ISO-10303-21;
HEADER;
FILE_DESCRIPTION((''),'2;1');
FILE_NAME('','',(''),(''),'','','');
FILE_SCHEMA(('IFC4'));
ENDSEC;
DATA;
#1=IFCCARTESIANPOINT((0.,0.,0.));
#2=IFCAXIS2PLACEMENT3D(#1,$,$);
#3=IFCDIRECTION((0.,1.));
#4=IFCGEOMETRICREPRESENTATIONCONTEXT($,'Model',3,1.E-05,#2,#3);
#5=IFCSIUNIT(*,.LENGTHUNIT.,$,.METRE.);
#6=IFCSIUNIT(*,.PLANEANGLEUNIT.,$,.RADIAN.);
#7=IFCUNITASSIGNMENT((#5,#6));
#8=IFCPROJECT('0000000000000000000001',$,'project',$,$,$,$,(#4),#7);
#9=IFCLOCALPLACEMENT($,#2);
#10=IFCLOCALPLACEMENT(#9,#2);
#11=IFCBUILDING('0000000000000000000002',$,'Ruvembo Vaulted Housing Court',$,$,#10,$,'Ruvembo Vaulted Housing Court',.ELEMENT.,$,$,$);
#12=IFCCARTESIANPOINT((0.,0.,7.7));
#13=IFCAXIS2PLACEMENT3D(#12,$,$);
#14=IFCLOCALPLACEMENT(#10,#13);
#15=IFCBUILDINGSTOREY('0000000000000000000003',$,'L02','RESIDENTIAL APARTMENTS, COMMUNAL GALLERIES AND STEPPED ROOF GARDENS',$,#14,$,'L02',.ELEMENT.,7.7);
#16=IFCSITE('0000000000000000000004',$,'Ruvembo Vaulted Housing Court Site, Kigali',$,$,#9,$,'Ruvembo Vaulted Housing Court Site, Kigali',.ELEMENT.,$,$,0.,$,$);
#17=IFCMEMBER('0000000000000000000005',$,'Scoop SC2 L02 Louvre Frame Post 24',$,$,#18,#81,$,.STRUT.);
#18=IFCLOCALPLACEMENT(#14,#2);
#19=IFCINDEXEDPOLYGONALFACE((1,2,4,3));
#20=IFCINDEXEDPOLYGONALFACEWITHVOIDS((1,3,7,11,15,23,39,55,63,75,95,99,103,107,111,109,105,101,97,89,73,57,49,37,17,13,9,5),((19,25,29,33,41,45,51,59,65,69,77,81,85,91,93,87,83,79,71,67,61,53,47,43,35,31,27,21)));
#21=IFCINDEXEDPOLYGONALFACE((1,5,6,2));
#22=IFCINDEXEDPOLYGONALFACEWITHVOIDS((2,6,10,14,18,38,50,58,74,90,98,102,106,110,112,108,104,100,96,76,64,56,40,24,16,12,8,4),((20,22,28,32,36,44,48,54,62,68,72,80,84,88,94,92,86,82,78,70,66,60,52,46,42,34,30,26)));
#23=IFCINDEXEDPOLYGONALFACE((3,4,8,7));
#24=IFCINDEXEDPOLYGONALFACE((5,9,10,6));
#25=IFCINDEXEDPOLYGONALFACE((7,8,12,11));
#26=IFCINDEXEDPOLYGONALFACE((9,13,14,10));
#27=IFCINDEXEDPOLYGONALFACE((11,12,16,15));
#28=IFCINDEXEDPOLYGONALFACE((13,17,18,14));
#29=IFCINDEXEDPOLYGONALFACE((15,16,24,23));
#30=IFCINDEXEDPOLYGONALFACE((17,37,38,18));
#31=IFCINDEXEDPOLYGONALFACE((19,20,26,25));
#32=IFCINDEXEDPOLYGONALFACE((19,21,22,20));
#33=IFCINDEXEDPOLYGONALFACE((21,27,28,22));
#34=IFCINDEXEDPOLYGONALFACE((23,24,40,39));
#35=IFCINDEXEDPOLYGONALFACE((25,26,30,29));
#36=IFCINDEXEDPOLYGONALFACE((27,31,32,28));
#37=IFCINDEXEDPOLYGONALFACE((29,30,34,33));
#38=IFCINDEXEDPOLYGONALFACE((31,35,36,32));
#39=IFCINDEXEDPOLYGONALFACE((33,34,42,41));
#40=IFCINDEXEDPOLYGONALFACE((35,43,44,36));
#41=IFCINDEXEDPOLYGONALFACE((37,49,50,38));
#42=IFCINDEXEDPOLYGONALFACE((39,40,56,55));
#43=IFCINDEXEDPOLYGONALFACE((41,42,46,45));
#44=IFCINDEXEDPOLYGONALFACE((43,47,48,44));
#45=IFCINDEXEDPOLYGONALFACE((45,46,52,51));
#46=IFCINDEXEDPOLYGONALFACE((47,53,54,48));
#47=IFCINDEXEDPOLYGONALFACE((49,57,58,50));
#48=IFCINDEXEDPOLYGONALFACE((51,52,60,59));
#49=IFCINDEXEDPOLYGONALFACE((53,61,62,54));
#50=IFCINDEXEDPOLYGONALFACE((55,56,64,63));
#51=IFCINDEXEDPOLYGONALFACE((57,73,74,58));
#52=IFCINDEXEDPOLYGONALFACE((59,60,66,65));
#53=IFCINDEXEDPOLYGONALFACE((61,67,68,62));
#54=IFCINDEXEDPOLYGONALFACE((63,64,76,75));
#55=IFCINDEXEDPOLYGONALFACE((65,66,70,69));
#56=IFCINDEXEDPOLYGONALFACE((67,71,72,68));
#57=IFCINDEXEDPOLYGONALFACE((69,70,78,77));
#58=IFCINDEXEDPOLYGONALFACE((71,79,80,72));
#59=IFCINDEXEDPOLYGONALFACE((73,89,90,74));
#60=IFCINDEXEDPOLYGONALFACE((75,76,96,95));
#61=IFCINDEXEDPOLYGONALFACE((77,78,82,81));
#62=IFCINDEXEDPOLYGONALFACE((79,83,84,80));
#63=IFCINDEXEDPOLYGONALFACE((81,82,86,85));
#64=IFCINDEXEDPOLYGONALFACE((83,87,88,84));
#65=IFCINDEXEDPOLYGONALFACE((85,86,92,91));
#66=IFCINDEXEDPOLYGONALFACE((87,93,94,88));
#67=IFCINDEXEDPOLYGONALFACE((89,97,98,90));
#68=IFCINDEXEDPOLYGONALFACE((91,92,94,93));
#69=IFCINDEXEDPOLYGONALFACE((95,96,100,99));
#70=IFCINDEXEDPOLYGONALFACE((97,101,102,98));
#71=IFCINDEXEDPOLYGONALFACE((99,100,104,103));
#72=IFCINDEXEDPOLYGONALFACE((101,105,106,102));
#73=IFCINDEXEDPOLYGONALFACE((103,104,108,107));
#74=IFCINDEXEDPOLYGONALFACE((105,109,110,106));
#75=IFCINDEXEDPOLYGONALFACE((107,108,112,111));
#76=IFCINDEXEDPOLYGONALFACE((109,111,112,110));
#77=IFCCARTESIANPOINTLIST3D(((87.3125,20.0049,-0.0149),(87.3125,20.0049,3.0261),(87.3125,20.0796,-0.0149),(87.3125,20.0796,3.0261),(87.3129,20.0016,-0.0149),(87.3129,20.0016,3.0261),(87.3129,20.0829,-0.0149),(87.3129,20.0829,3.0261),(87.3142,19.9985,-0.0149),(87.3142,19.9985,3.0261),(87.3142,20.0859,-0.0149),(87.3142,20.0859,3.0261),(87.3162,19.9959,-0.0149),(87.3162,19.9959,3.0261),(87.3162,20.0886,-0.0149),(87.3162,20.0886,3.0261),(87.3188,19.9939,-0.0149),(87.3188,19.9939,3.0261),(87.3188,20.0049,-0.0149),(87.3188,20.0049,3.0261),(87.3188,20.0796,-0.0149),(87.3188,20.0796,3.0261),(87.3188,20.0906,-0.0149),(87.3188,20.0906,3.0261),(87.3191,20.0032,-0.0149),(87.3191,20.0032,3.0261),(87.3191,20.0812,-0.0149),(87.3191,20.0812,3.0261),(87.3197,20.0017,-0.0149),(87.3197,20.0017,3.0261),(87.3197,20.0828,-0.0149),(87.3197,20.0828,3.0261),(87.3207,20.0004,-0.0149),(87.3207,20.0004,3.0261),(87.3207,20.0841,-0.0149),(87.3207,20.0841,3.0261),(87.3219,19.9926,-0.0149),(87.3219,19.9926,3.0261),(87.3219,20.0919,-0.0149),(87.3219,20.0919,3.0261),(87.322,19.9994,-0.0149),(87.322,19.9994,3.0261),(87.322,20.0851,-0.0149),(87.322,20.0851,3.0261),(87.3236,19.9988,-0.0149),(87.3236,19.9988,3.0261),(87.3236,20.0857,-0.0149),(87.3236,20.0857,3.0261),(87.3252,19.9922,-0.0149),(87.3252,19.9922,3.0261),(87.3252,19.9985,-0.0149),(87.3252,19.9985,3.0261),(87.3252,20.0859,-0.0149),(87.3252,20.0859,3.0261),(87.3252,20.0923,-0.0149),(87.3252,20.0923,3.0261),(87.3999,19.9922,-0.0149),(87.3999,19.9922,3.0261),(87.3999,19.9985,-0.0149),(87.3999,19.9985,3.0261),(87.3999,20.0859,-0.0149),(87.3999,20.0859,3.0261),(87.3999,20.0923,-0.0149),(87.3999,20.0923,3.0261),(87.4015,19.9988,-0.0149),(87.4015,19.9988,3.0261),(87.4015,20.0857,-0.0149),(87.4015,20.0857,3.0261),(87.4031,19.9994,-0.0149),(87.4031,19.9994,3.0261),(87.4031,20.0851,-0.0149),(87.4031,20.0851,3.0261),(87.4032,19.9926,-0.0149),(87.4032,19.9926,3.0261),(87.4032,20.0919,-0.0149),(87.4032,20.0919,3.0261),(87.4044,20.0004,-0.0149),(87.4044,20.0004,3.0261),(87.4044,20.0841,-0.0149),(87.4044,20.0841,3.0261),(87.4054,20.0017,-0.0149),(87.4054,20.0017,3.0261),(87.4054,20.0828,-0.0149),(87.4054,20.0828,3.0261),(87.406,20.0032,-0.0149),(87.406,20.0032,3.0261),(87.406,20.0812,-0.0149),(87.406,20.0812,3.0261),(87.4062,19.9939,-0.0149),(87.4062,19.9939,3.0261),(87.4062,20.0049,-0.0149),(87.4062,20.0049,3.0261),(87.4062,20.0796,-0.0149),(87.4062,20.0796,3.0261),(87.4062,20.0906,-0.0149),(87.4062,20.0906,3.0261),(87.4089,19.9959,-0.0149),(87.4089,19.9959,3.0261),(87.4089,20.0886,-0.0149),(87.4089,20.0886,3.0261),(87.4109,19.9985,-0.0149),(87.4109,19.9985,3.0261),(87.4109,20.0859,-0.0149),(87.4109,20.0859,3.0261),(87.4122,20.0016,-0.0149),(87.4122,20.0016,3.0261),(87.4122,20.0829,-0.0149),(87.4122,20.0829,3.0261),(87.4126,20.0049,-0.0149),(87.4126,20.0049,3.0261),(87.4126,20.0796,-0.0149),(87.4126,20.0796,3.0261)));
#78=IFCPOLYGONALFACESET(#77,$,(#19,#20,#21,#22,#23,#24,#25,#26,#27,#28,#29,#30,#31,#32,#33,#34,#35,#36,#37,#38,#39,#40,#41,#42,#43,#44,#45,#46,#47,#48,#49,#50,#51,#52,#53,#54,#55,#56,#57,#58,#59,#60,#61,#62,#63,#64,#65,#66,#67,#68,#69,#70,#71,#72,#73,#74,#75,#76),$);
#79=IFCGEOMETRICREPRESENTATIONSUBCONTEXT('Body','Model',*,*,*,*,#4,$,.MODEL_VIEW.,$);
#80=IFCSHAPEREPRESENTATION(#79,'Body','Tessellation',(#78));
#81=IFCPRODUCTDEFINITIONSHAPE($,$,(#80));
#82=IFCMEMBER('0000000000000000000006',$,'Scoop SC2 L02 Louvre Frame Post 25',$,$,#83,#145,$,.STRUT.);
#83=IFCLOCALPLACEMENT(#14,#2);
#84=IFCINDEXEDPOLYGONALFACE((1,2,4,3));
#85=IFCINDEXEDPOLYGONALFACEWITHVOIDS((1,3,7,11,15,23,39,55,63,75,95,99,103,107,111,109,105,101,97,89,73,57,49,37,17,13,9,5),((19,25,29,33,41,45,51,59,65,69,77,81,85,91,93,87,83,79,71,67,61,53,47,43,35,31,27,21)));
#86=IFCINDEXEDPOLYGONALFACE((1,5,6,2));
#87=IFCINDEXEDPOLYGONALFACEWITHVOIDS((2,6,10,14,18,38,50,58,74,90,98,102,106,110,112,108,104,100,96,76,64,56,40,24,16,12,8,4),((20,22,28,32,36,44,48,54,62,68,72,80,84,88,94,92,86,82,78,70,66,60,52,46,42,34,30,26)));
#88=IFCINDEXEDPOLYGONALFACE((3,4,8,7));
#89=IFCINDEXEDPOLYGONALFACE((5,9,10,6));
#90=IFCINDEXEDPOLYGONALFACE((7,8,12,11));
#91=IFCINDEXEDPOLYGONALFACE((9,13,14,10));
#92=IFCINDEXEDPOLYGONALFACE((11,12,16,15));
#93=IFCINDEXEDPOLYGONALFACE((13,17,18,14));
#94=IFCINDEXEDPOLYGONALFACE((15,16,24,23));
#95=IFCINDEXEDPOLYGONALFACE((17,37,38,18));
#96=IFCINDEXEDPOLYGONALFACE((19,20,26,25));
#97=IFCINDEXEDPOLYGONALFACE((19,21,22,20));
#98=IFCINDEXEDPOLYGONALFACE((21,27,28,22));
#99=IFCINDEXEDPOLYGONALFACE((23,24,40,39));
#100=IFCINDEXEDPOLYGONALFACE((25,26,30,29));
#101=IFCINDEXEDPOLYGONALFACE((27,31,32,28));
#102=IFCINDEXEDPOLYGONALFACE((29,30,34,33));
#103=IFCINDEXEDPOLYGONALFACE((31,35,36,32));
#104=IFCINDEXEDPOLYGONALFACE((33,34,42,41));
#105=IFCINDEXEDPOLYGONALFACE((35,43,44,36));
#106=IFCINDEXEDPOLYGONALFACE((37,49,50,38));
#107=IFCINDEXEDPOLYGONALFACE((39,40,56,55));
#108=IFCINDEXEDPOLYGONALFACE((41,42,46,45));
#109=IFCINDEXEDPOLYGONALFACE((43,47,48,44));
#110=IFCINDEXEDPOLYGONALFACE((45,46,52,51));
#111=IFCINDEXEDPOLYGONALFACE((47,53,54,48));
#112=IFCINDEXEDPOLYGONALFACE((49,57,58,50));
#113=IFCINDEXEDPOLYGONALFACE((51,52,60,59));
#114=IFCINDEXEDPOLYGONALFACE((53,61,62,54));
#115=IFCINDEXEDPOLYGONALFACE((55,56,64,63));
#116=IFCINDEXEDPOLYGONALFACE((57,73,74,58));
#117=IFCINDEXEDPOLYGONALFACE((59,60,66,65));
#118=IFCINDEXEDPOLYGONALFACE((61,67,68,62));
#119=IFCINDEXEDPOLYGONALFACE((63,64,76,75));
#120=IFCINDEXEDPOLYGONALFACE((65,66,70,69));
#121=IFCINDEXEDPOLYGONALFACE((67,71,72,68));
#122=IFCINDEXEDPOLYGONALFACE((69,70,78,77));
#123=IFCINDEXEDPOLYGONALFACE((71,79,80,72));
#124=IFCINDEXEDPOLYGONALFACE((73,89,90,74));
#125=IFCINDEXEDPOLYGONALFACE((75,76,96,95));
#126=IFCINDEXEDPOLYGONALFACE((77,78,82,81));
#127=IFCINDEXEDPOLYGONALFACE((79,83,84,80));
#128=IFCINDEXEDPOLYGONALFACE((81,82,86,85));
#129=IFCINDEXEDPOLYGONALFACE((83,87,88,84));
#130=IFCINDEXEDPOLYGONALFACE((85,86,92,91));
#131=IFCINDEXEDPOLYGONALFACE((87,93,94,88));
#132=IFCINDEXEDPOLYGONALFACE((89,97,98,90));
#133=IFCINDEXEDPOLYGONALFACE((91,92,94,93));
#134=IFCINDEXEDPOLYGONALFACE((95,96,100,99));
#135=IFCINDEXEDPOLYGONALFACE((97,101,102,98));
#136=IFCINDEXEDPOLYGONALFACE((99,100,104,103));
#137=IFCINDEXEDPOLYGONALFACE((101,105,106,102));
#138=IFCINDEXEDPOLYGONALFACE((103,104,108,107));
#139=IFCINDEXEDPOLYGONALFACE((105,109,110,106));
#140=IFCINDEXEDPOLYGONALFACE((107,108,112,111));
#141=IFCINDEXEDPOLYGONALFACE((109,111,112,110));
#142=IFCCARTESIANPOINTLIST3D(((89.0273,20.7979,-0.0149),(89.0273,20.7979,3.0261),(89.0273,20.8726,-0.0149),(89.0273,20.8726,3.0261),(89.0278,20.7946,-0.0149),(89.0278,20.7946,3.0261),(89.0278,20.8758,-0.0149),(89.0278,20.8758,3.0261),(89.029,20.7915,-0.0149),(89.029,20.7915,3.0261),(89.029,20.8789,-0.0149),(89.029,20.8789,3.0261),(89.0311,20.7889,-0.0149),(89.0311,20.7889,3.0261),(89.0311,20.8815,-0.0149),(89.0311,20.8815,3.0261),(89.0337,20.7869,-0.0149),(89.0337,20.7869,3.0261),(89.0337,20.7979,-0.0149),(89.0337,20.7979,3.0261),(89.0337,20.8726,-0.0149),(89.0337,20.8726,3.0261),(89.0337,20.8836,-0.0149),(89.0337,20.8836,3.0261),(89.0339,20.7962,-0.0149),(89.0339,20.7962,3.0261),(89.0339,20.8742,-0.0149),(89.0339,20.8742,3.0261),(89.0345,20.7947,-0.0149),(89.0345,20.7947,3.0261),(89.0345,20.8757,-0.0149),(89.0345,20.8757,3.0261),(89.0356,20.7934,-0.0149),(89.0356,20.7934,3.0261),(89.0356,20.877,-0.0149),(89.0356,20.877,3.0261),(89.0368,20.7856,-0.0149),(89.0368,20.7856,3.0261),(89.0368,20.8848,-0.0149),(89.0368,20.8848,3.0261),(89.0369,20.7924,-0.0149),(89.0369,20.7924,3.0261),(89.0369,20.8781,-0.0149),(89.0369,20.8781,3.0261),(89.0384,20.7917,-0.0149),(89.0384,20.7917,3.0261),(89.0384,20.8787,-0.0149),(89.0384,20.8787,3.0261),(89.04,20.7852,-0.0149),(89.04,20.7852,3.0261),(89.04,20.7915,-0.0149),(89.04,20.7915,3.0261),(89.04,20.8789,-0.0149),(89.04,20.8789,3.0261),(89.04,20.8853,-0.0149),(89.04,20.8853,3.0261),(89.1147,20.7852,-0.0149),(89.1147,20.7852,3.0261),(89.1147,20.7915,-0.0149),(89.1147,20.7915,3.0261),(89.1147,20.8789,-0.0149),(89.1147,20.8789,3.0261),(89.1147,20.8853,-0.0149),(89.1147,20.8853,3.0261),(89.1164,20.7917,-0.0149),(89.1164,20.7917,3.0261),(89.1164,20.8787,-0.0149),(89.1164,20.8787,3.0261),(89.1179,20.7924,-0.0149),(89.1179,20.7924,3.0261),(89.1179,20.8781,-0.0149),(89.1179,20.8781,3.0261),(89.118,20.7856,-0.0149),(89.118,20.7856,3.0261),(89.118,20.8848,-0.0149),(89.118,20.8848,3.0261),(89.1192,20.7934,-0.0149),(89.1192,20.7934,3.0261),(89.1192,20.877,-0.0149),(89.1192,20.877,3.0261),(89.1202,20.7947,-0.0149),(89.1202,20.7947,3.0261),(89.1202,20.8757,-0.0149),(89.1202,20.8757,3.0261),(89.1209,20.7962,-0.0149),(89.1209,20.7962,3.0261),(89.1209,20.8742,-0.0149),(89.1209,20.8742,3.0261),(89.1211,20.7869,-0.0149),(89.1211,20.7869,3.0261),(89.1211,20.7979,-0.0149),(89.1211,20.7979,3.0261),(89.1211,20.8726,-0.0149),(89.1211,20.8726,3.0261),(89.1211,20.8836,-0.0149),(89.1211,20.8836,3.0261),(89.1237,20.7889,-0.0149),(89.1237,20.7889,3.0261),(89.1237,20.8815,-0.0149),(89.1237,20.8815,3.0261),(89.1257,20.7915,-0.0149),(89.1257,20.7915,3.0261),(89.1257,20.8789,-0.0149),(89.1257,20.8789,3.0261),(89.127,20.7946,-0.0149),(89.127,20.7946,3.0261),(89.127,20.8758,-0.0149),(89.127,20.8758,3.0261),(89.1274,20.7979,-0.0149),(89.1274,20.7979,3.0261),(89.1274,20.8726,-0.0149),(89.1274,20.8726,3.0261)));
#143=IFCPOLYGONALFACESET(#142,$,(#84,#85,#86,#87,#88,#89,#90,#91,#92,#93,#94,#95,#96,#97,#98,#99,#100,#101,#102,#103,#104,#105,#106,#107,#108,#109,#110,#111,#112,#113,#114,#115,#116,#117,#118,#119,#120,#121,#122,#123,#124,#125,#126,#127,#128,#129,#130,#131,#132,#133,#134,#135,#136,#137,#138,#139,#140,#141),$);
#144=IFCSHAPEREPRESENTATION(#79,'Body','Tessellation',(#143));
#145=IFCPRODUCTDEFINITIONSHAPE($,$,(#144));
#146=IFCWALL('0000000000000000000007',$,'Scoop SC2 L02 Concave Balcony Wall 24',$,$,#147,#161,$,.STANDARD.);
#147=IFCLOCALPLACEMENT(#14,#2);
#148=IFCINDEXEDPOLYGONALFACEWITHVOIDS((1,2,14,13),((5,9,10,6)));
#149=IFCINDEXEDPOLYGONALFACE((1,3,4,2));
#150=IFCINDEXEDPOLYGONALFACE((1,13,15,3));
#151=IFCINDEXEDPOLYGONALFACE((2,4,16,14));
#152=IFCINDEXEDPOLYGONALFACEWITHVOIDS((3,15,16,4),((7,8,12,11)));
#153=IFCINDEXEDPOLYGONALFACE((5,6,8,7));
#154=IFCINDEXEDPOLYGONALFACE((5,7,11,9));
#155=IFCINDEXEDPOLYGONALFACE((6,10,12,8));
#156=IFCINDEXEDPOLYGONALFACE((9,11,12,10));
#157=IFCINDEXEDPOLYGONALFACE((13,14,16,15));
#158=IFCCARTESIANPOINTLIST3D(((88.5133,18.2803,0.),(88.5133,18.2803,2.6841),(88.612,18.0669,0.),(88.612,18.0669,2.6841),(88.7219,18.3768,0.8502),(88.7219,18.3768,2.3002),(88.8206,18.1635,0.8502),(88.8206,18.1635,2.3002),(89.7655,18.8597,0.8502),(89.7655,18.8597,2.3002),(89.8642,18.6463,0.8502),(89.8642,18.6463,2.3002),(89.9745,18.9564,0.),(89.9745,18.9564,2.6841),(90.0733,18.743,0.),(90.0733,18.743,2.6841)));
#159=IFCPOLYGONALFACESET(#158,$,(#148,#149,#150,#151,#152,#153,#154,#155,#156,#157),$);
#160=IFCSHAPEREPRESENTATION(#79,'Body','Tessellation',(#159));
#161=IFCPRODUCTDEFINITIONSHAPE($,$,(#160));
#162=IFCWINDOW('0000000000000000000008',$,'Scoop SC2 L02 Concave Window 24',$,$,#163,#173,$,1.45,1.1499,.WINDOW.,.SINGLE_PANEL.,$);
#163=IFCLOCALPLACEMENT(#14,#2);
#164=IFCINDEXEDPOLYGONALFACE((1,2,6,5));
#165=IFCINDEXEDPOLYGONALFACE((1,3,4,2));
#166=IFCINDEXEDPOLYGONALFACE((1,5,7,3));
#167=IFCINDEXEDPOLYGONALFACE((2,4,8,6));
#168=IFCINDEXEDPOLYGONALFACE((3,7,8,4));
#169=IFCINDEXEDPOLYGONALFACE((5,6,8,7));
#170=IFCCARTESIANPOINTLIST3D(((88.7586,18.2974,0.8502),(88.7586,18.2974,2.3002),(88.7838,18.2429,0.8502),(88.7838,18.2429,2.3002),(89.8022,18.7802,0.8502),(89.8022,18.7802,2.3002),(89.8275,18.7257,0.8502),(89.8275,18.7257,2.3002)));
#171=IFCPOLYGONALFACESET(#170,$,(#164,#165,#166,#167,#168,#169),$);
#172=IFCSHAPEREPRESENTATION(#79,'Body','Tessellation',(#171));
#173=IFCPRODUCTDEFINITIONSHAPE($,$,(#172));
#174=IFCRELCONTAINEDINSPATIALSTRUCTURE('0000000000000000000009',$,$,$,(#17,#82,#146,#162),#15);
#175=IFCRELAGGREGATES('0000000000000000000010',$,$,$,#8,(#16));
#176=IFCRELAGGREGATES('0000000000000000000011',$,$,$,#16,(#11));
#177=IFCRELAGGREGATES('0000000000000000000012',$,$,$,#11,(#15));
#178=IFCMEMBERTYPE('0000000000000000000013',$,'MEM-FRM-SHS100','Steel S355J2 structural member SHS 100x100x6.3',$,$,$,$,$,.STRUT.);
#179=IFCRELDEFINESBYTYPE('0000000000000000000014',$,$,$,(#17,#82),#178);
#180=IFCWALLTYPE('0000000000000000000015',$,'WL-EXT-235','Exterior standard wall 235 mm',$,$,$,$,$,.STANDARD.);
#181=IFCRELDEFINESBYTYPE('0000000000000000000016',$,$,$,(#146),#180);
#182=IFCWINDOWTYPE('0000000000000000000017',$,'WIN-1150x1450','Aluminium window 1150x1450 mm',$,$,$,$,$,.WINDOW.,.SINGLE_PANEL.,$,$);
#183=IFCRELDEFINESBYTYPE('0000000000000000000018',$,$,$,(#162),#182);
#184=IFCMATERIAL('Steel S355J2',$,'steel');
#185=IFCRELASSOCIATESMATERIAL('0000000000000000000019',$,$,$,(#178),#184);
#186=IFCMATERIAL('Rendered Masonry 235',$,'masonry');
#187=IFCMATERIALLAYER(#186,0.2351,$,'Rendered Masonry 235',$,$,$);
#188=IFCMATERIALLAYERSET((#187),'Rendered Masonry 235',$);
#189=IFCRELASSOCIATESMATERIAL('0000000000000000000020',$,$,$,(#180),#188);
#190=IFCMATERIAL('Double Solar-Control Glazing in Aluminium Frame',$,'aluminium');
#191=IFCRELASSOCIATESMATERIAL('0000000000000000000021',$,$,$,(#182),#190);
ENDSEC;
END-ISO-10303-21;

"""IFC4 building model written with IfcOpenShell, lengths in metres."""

from ifc_helpers import new_model, si_unit, direction, frame, frame_2d, origin, origin_2d, place, context, subcontext, project, spatial, rectangle, hollow_rectangle, extrude, material, layer, layer_set, material_profile, profile_set, type_object, element, fill, save


model = new_model("IFC4")

# Units and contexts
model_context = context("Model", 3, precision=1e-05, world=origin(), true_north=direction((0.0, 1.0)))
body_context = subcontext(model_context, "Body", "Model", "MODEL_VIEW")
ifc_project = project(units=[si_unit("LENGTHUNIT", "METRE"), si_unit("PLANEANGLEUNIT", "RADIAN")], contexts=[model_context])

# Site, building, storey
site_placement = place(None, origin())
site = spatial("IfcSite", under=ifc_project, at=site_placement, Name="Ruvembo Vaulted Housing Court Site, Kigali", LongName="Ruvembo Vaulted Housing Court Site, Kigali", CompositionType="ELEMENT", RefElevation=0.0)
building_placement = place(site_placement, origin())
building = spatial("IfcBuilding", under=site, at=building_placement, Name="Ruvembo Vaulted Housing Court", LongName="Ruvembo Vaulted Housing Court", CompositionType="ELEMENT")
storey_placement = place(building_placement, frame((0.0, 0.0, 7.7)))
storey = spatial("IfcBuildingStorey", under=building, at=storey_placement, Name="L02", Description="RESIDENTIAL APARTMENTS, COMMUNAL GALLERIES AND STEPPED ROOF GARDENS", LongName="L02", CompositionType="ELEMENT", Elevation=7.7)

# Shared definitions
ifc_material_1 = material(Name="Steel S355J2", Category="steel")

# Members
ifc_material_profile_1 = material_profile(ifc_material_1, hollow_rectangle(XDim=0.1001, YDim=0.1001, WallThickness=0.0063, InnerFilletRadius=0.0063, OuterFilletRadius=0.0127, at=origin_2d()), Name="SHS 100x100x6.3")
ifc_profile_set_1 = profile_set([ifc_material_profile_1], Name="Steel S355J2")
member_type_1 = type_object("IfcMemberType", Name="MEM-FRM-SHS100", Description="Steel S355J2 structural member SHS 100x100x6.3", PredefinedType="STRUT", material=ifc_profile_set_1)
for number, where, z_axis, x_axis, name in (
    (1, (87.3625, 20.0422, -0.0149), (0.0, 0.0, 1.0), (1.0, 0.0, 0.0), "Scoop SC2 L02 Louvre Frame Post 24"),
    (2, (89.0774, 20.8352, -0.0149), (0.0, 0.0, 1.0), (1.0, 0.0, 0.0), "Scoop SC2 L02 Louvre Frame Post 25"),
):
    element("IfcMember", number, at=place(storey_placement, frame(where, z_axis=z_axis, x_axis=x_axis)), inside=storey, type_object=member_type_1, Name=name, PredefinedType="STRUT", context=body_context, shape_type="SweptSolid", body=[
        extrude(hollow_rectangle(XDim=0.1001, YDim=0.1001, WallThickness=0.0063, InnerFilletRadius=0.0063, OuterFilletRadius=0.0127, at=origin_2d()), origin(), (0.0, 0.0, 1.0), 3.041),
    ])

# Wall, opening, window
ifc_material_2 = material(Name="Rendered Masonry 235", Category="masonry")
ifc_layer_1 = layer(ifc_material_2, 0.2351, Name="Rendered Masonry 235")
ifc_layer_set_1 = layer_set([ifc_layer_1], Name="Rendered Masonry 235")
wall_type = type_object("IfcWallType", Name="WL-EXT-235", Description="Exterior standard wall 235 mm", PredefinedType="STANDARD", material=ifc_layer_set_1)
wall_1_placement = place(storey_placement, frame((88.5625, 18.1736, 0.0), z_axis=(0.0, 0.0, 1.0), x_axis=(0.907573, 0.419895, 0.0)))
wall_1 = element("IfcWall", 3, at=wall_1_placement, inside=storey, type_object=wall_type, Name="Scoop SC2 L02 Concave Balcony Wall 24", PredefinedType="STANDARD", context=body_context, shape_type="SweptSolid", body=[
    extrude(rectangle(XDim=1.6101, YDim=0.2351, at=frame_2d((0.8052, 0.0))), origin(), (0.0, 0.0, 1.0), 2.6841),
])
opening_1_placement = place(wall_1_placement, frame((0.23, 0.0, 0.8501)))
opening_1 = element("IfcOpeningElement", 4, at=opening_1_placement, cuts=wall_1, PredefinedType="OPENING", context=body_context, shape_type="SweptSolid", body=[
    extrude(rectangle(XDim=1.1499, YDim=1.45, at=frame_2d((0.575, 0.7251))), frame((0.0, 0.1274, 0.0), z_axis=(0.0, -1.0, 0.0), x_axis=(1.0, 0.0, 0.0)), (0.0, 0.0, 1.0), 0.2551),
])
ifc_material_3 = material(Name="Double Solar-Control Glazing in Aluminium Frame", Category="aluminium")
window_type_1 = type_object("IfcWindowType", Name="WIN-1150x1450", Description="Aluminium window 1150x1450 mm", PartitioningType="SINGLE_PANEL", PredefinedType="WINDOW", material=ifc_material_3)
window_1_placement = place(opening_1_placement, origin())
window_1 = element("IfcWindow", 5, at=window_1_placement, inside=storey, type_object=window_type_1, Name="Scoop SC2 L02 Concave Window 24", OverallHeight=1.45, OverallWidth=1.1499, PartitioningType="SINGLE_PANEL", PredefinedType="WINDOW", context=body_context, shape_type="SweptSolid", body=[
    extrude(rectangle(XDim=1.1499, YDim=1.45, at=frame_2d((0.575, 0.7251))), frame((0.0, 0.03, 0.0), z_axis=(0.0, -1.0, 0.0), x_axis=(1.0, 0.0, 0.0)), (0.0, 0.0, 1.0), 0.0601),
])
fill(opening_1, window_1)

save(model, "model.ifc")
